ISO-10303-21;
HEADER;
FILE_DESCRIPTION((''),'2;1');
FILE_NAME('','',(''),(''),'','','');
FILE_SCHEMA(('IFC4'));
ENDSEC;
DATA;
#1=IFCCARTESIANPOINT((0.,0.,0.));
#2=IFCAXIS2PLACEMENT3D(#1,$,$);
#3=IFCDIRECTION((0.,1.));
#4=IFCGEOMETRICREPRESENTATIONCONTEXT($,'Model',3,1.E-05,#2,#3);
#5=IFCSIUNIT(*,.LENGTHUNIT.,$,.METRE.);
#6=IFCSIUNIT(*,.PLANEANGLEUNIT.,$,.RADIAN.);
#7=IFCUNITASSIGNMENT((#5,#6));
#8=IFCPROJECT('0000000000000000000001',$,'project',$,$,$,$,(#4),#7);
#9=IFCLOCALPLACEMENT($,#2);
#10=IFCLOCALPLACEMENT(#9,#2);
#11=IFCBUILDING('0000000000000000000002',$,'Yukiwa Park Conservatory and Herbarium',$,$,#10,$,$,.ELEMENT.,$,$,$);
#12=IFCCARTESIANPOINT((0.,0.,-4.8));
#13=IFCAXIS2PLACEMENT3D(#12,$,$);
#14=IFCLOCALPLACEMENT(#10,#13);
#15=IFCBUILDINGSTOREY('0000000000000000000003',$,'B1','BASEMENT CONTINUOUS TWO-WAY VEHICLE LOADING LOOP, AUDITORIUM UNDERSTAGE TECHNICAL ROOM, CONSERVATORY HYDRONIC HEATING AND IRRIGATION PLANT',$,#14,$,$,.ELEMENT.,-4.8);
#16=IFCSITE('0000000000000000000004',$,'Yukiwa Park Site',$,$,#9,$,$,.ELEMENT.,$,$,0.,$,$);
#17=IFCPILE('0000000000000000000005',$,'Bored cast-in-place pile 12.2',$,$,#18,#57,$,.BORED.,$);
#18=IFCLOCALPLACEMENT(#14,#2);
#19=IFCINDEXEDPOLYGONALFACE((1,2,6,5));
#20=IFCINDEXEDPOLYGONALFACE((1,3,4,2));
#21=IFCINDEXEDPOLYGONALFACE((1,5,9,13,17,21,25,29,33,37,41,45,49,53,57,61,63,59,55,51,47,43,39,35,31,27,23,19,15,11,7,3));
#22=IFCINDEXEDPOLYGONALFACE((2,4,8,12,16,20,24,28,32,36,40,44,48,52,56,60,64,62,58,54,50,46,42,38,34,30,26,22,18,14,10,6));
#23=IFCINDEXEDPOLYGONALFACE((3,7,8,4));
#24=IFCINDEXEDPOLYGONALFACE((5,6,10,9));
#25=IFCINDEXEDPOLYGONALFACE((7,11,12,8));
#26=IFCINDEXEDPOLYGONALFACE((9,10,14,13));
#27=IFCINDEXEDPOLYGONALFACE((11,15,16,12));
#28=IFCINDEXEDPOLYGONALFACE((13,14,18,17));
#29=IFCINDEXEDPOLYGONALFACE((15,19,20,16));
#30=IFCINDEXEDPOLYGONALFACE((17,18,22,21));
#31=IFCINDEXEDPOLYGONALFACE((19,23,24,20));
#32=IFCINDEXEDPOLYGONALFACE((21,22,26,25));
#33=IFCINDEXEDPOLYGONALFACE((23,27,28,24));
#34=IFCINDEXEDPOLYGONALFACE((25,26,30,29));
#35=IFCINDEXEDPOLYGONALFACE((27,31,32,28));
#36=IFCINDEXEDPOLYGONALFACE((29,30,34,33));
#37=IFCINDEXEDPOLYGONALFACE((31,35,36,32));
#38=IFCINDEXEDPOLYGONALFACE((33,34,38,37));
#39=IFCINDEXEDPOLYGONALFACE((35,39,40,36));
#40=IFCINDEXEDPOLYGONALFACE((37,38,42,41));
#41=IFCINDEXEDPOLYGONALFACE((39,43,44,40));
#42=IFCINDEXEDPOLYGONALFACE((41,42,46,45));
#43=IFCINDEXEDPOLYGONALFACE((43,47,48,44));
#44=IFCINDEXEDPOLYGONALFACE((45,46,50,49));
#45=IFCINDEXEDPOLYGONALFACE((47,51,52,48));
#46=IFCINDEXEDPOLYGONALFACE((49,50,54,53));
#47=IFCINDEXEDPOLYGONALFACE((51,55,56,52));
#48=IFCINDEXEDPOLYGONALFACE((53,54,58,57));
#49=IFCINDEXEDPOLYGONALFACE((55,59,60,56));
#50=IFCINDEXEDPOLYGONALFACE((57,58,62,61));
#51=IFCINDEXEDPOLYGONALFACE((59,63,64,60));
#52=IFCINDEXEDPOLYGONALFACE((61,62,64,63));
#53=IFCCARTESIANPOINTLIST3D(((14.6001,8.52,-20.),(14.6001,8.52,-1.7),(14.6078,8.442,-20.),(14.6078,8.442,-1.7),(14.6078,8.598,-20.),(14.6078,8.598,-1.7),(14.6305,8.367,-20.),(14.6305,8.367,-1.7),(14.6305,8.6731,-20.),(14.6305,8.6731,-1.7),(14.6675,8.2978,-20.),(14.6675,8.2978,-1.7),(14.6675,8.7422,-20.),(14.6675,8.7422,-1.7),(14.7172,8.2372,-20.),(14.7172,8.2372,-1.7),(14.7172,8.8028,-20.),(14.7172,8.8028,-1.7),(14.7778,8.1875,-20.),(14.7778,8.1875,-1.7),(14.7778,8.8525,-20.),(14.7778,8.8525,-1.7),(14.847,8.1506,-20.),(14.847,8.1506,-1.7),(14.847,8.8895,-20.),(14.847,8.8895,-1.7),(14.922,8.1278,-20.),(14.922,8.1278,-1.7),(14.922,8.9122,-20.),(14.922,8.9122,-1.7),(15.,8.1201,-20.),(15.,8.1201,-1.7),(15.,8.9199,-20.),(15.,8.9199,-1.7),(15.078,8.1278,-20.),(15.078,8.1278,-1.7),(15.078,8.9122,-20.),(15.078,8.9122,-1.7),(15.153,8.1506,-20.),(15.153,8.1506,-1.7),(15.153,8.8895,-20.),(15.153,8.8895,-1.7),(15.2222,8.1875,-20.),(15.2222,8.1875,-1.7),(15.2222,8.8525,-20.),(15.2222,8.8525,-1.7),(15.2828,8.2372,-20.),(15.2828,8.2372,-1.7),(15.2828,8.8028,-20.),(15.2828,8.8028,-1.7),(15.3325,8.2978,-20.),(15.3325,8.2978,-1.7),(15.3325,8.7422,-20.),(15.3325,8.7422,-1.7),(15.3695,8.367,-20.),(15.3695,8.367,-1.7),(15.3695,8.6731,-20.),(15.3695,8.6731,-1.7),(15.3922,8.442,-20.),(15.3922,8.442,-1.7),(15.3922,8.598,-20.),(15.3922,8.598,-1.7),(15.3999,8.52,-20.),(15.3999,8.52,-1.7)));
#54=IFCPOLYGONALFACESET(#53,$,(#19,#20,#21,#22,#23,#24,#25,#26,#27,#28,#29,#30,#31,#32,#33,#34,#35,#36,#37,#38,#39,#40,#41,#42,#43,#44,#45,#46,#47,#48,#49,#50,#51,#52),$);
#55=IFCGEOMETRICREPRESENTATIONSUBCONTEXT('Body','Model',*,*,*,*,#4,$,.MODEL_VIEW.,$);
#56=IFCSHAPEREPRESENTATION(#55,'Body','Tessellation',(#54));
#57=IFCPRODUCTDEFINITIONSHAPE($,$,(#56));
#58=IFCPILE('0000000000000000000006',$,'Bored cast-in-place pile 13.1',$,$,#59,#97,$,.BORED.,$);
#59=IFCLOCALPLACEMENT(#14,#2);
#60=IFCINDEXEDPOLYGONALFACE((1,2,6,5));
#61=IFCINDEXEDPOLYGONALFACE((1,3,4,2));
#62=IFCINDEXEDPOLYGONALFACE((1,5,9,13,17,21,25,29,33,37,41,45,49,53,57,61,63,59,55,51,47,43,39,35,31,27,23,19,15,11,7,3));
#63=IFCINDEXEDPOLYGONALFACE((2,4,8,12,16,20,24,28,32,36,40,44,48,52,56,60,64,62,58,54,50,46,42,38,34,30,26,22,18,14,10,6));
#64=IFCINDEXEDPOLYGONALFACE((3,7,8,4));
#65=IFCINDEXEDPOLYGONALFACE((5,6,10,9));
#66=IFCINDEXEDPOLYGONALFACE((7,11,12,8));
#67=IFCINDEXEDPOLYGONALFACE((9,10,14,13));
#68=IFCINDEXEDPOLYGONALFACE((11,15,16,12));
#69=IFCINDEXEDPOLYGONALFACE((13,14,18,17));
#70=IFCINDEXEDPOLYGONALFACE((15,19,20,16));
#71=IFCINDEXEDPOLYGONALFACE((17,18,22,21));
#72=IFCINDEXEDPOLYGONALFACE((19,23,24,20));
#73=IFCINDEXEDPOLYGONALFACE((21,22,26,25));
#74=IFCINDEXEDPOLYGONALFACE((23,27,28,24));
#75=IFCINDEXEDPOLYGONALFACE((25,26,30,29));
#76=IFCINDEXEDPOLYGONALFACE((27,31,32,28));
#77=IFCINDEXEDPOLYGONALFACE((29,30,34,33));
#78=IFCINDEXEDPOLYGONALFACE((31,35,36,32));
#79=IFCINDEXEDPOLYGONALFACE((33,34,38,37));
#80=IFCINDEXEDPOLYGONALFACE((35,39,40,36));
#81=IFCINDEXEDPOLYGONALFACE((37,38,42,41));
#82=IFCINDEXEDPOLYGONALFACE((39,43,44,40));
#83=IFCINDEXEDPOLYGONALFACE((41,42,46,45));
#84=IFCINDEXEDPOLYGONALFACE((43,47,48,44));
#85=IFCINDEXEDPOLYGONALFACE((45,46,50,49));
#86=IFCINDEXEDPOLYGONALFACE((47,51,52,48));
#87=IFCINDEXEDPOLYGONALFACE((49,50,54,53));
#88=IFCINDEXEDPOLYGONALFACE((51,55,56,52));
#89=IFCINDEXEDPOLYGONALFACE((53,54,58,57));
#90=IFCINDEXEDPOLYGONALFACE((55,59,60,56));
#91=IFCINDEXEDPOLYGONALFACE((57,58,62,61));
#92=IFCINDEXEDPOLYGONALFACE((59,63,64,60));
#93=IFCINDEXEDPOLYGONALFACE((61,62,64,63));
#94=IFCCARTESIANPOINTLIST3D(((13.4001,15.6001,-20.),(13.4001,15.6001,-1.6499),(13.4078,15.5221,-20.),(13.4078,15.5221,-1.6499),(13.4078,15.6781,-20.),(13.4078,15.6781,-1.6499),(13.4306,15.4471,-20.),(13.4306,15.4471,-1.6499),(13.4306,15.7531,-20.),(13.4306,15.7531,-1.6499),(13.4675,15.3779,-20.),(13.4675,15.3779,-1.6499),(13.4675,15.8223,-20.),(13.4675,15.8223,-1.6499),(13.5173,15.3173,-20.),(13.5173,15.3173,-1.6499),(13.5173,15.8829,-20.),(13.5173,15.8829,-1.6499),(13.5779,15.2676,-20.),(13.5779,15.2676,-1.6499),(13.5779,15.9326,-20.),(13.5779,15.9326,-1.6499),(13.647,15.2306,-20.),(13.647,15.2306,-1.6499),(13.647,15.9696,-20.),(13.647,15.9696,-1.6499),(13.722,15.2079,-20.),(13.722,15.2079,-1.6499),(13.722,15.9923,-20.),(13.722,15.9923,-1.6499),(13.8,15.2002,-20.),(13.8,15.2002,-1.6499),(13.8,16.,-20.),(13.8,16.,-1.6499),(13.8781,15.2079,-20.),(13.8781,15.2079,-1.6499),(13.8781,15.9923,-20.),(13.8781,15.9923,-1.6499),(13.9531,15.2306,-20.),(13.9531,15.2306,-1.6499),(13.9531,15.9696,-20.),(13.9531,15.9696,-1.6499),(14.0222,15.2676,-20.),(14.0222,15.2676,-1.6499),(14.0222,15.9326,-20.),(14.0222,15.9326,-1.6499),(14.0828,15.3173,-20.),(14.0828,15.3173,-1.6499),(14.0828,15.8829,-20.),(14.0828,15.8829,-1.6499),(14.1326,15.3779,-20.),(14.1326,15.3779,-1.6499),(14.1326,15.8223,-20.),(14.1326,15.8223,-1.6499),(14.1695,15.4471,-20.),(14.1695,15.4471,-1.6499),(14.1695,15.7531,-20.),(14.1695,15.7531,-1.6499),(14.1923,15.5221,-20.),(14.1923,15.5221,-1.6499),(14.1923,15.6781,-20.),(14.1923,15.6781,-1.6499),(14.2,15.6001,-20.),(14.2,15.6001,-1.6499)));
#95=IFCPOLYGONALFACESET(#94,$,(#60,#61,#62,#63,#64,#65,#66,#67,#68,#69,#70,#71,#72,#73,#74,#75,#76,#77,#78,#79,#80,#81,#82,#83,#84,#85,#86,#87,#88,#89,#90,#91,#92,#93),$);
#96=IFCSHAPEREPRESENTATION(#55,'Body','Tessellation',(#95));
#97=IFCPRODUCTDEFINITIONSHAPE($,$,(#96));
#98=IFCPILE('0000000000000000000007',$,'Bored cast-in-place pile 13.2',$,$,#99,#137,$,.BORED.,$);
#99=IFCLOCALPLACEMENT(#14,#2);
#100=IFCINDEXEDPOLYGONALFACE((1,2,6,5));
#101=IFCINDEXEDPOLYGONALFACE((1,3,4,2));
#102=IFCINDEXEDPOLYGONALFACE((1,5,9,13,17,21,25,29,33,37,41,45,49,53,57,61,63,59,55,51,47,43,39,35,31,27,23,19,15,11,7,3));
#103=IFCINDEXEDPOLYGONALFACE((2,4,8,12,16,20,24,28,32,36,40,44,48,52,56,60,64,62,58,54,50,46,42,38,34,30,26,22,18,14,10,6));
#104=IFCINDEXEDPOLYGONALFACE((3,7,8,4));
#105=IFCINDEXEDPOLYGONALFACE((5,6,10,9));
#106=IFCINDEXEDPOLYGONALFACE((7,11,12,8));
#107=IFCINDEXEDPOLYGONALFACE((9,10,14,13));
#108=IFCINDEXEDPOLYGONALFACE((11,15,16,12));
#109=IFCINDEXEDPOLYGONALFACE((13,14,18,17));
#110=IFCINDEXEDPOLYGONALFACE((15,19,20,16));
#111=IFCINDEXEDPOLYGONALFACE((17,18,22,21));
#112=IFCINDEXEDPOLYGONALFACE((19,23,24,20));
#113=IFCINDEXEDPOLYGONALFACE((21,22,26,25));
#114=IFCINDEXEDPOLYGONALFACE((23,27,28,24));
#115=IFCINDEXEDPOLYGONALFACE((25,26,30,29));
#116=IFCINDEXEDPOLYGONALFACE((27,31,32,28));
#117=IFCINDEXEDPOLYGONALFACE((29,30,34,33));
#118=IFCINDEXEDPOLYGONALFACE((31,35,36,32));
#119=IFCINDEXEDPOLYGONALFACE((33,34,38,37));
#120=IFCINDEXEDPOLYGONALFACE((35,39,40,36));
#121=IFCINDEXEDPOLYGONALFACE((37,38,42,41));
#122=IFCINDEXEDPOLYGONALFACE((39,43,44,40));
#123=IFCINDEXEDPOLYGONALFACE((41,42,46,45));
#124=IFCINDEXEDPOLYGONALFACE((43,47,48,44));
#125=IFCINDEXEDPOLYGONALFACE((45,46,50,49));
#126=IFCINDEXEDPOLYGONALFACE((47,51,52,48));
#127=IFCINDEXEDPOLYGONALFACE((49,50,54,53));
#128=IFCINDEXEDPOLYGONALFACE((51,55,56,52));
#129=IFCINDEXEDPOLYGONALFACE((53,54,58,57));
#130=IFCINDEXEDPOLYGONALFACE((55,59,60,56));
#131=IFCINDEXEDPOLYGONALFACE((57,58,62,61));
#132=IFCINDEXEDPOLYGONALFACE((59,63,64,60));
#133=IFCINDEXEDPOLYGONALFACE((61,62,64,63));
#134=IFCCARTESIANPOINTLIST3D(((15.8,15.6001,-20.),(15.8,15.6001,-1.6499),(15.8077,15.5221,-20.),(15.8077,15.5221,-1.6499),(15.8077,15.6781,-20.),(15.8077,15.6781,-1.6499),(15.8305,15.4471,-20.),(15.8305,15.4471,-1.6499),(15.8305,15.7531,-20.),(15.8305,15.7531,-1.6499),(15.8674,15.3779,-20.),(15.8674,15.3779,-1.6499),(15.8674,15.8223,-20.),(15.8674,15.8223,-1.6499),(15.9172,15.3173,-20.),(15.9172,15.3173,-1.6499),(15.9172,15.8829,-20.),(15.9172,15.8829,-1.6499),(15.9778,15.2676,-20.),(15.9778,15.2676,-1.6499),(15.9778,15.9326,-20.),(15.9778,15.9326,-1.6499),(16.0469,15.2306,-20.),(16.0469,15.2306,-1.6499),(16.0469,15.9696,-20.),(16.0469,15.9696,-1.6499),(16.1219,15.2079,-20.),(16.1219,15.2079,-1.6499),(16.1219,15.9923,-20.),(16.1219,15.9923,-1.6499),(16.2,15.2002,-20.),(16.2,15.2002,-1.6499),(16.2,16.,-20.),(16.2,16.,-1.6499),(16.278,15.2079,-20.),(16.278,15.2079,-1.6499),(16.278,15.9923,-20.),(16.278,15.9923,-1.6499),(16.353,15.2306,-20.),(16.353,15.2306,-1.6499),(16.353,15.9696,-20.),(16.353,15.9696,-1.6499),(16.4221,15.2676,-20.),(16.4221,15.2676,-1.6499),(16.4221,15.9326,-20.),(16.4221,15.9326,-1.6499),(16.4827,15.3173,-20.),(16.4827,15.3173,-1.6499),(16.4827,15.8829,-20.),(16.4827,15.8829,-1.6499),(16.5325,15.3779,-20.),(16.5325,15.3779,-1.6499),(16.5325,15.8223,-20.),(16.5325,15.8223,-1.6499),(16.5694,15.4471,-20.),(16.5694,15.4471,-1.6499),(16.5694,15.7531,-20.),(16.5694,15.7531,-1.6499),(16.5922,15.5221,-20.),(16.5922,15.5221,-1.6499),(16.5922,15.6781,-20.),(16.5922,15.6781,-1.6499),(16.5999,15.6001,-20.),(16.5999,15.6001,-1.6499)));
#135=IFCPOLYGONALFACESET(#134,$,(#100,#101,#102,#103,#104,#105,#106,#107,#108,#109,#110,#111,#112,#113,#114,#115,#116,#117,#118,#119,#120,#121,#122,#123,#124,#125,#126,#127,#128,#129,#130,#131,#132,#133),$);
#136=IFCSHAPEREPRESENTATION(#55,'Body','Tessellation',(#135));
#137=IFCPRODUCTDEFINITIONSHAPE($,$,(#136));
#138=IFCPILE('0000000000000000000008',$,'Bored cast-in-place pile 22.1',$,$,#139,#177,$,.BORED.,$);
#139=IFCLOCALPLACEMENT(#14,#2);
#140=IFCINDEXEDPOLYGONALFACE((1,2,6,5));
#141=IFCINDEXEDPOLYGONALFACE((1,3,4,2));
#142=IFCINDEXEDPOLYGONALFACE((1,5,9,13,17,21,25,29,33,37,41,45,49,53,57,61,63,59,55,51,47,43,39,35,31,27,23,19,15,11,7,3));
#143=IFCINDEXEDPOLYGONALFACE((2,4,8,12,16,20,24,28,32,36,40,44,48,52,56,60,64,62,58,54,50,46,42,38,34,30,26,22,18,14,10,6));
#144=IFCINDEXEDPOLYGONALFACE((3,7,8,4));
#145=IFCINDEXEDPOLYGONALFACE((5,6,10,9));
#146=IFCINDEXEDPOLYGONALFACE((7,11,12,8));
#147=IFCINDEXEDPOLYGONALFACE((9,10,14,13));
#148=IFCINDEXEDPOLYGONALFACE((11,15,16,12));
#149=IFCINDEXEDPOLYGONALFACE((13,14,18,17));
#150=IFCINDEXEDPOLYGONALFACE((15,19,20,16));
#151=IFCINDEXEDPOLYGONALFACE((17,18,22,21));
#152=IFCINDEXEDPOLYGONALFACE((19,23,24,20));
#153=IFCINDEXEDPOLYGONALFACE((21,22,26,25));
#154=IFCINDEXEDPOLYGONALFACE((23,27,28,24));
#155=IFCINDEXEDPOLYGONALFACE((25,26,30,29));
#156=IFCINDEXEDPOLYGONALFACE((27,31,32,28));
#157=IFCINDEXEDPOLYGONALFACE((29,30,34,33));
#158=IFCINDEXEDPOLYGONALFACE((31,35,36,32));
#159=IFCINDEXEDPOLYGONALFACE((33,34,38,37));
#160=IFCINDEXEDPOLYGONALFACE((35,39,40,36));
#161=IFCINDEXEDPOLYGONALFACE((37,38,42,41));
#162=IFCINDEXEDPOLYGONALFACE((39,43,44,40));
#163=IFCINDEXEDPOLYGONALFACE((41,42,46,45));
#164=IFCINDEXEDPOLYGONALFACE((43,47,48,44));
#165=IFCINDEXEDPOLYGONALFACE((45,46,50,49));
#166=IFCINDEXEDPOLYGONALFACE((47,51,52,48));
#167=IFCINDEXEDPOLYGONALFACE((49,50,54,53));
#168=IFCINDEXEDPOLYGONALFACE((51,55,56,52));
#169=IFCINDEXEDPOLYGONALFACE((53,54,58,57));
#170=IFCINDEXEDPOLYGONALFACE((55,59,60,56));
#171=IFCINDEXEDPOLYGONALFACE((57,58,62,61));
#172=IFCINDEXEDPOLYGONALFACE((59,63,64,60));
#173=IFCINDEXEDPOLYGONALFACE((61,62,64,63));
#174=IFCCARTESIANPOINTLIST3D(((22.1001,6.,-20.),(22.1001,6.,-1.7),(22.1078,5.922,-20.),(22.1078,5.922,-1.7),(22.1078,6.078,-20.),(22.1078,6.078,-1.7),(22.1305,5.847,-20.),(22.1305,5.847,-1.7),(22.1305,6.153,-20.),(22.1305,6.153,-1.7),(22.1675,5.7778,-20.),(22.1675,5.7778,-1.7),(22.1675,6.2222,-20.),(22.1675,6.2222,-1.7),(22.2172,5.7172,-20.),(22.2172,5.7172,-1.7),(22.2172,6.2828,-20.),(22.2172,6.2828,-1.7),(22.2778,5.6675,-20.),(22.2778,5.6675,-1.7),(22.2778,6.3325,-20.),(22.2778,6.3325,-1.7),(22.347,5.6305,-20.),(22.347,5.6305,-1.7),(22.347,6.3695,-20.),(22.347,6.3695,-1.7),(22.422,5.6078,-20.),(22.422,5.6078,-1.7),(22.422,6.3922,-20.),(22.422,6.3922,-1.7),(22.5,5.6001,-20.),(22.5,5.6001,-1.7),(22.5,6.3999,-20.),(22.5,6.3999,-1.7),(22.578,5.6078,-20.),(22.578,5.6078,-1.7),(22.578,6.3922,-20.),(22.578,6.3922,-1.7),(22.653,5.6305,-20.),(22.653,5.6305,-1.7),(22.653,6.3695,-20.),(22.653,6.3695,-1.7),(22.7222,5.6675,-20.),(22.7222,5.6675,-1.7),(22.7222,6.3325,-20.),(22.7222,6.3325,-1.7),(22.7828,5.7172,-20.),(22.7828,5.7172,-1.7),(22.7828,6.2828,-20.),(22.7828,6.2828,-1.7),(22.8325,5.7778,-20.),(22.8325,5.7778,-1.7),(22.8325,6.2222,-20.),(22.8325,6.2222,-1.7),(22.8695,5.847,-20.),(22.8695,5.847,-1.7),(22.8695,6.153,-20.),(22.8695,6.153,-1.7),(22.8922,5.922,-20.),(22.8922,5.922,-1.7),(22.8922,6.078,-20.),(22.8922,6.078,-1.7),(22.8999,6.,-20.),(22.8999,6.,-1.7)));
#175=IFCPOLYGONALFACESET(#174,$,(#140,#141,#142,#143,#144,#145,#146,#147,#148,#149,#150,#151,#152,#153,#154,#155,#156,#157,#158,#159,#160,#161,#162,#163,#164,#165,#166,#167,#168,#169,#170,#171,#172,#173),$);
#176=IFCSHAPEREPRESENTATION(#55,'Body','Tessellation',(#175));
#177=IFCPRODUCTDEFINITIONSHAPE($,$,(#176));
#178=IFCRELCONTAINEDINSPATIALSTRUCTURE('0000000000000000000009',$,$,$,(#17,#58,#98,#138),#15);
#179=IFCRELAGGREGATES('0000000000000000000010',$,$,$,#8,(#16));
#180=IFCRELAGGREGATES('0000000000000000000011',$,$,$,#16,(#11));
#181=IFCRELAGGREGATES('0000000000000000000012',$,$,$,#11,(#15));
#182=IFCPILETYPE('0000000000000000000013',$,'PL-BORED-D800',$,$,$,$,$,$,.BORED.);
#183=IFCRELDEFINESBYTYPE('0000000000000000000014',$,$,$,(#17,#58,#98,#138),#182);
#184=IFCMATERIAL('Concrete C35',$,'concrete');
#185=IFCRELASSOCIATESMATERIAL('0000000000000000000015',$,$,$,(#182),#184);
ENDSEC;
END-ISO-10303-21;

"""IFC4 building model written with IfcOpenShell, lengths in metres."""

from ifc_helpers import new_model, si_unit, direction, frame, origin, origin_2d, place, context, subcontext, project, spatial, circle, extrude, material, material_profile, profile_set, type_object, element, save


model = new_model("IFC4")

# Units and contexts
model_context = context("Model", 3, precision=1e-05, world=origin(), true_north=direction((0.0, 1.0)))
body_context = subcontext(model_context, "Body", "Model", "MODEL_VIEW")
ifc_project = project(units=[si_unit("LENGTHUNIT", "METRE"), si_unit("PLANEANGLEUNIT", "RADIAN")], contexts=[model_context])

# Site, building, storey
site_placement = place(None, origin())
site = spatial("IfcSite", under=ifc_project, at=site_placement, Name="Yukiwa Park Site", CompositionType="ELEMENT", RefElevation=0.0)
building_placement = place(site_placement, origin())
building = spatial("IfcBuilding", under=site, at=building_placement, Name="Yukiwa Park Conservatory and Herbarium", CompositionType="ELEMENT")
storey_placement = place(building_placement, frame((0.0, 0.0, -4.8)))
storey = spatial("IfcBuildingStorey", under=building, at=storey_placement, Name="B1", Description="BASEMENT CONTINUOUS TWO-WAY VEHICLE LOADING LOOP, AUDITORIUM UNDERSTAGE TECHNICAL ROOM, CONSERVATORY HYDRONIC HEATING AND IRRIGATION PLANT", CompositionType="ELEMENT", Elevation=-4.8)

# Piles
ifc_material_1 = material(Name="Concrete C35", Category="concrete")
ifc_material_profile_1 = material_profile(ifc_material_1, circle(Radius=0.3999, at=origin_2d()), Name="PILE D800")
ifc_profile_set_1 = profile_set([ifc_material_profile_1], Name="Concrete C35")
pile_type = type_object("IfcPileType", Name="PL-BORED-D800", PredefinedType="BORED", material=ifc_profile_set_1)
for number, where, z_axis, x_axis, name in (
    (1, (15.0, 8.52, -1.7), (0.0, 0.0, -1.0), (1.0, 0.0, 0.0), "Bored cast-in-place pile 12.2"),
):
    element("IfcPile", number, at=place(storey_placement, frame(where, z_axis=z_axis, x_axis=x_axis)), inside=storey, type_object=pile_type, Name=name, PredefinedType="BORED", context=body_context, shape_type="SweptSolid", body=[
        extrude(circle(Radius=0.3999, at=origin_2d()), origin(), (0.0, 0.0, 1.0), 18.3),
    ])
for number, where, z_axis, x_axis, name in (
    (2, (13.8, 15.6001, -1.6499), (0.0, 0.0, -1.0), (1.0, 0.0, 0.0), "Bored cast-in-place pile 13.1"),
    (3, (16.2, 15.6001, -1.6499), (0.0, 0.0, -1.0), (1.0, 0.0, 0.0), "Bored cast-in-place pile 13.2"),
):
    element("IfcPile", number, at=place(storey_placement, frame(where, z_axis=z_axis, x_axis=x_axis)), inside=storey, type_object=pile_type, Name=name, PredefinedType="BORED", context=body_context, shape_type="SweptSolid", body=[
        extrude(circle(Radius=0.3999, at=origin_2d()), origin(), (0.0, 0.0, 1.0), 18.3501),
    ])
for number, where, z_axis, x_axis, name in (
    (4, (22.5, 6.0, -1.7), (0.0, 0.0, -1.0), (1.0, 0.0, 0.0), "Bored cast-in-place pile 22.1"),
):
    element("IfcPile", number, at=place(storey_placement, frame(where, z_axis=z_axis, x_axis=x_axis)), inside=storey, type_object=pile_type, Name=name, PredefinedType="BORED", context=body_context, shape_type="SweptSolid", body=[
        extrude(circle(Radius=0.3999, at=origin_2d()), origin(), (0.0, 0.0, 1.0), 18.3),
    ])

save(model, "model.ifc")
